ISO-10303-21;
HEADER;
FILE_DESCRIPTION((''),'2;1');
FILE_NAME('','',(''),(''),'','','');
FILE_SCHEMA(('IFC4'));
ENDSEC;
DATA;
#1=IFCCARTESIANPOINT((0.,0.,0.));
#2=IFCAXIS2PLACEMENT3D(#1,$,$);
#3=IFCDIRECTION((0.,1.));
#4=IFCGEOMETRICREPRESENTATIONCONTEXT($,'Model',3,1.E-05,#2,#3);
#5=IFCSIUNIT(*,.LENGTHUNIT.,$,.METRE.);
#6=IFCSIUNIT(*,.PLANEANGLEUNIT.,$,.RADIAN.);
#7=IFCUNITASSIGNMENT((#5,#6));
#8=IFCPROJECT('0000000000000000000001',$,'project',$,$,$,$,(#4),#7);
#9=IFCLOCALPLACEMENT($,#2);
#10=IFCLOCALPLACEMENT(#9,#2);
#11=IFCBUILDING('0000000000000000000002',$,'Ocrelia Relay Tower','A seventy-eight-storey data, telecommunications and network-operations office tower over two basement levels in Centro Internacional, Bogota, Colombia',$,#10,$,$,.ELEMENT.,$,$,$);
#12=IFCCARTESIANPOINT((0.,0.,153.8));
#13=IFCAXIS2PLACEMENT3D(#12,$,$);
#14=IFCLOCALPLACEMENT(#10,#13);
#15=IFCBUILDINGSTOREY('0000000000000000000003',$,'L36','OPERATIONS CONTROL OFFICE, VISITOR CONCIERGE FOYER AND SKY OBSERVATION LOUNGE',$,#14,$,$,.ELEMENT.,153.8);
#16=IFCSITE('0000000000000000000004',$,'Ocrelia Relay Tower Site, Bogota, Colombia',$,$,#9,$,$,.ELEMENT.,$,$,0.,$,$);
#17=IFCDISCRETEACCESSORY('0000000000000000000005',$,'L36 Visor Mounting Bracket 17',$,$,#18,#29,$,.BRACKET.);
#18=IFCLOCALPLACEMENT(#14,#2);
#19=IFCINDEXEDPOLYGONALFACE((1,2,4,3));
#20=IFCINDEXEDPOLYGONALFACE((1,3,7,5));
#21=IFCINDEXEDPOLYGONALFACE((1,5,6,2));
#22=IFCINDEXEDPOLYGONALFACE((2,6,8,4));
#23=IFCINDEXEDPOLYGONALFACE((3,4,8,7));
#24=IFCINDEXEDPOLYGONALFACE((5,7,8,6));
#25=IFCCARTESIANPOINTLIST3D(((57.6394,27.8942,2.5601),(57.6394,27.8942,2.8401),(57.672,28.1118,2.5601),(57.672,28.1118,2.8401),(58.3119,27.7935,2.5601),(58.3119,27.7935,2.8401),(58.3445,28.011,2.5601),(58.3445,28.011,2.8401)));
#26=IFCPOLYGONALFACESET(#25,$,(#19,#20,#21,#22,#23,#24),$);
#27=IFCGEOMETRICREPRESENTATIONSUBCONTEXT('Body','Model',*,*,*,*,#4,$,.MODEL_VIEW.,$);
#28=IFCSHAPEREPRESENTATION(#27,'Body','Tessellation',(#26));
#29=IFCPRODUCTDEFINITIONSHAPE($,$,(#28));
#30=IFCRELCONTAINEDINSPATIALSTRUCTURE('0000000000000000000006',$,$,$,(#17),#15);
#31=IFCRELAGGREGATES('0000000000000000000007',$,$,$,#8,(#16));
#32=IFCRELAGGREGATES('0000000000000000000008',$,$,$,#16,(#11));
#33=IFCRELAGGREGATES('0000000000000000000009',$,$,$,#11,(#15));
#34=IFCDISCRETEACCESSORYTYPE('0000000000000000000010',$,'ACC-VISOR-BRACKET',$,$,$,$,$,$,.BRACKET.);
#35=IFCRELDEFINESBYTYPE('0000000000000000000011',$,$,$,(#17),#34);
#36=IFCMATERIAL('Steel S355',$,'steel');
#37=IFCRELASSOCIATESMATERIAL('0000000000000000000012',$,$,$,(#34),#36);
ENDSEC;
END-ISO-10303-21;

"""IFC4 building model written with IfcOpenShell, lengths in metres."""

from ifc_helpers import new_model, si_unit, direction, frame, origin, origin_2d, place, context, subcontext, project, spatial, rectangle, extrude, material, type_object, element, save


model = new_model("IFC4")

# Units and contexts
model_context = context("Model", 3, precision=1e-05, world=origin(), true_north=direction((0.0, 1.0)))
body_context = subcontext(model_context, "Body", "Model", "MODEL_VIEW")
ifc_project = project(units=[si_unit("LENGTHUNIT", "METRE"), si_unit("PLANEANGLEUNIT", "RADIAN")], contexts=[model_context])

# Site, building, storey
site_placement = place(None, origin())
site = spatial("IfcSite", under=ifc_project, at=site_placement, Name="Ocrelia Relay Tower Site, Bogota, Colombia", CompositionType="ELEMENT", RefElevation=0.0)
building_placement = place(site_placement, origin())
building = spatial("IfcBuilding", under=site, at=building_placement, Name="Ocrelia Relay Tower", Description="A seventy-eight-storey data, telecommunications and network-operations office tower over two basement levels in Centro Internacional, Bogota, Colombia", CompositionType="ELEMENT")
storey_placement = place(building_placement, frame((0.0, 0.0, 153.8)))
storey = spatial("IfcBuildingStorey", under=building, at=storey_placement, Name="L36", Description="OPERATIONS CONTROL OFFICE, VISITOR CONCIERGE FOYER AND SKY OBSERVATION LOUNGE", CompositionType="ELEMENT", Elevation=153.8)

# Shared definitions
ifc_material_1 = material(Name="Steel S355", Category="steel")

# Discrete accessory
discrete_accessory_type = type_object("IfcDiscreteAccessoryType", Name="ACC-VISOR-BRACKET", PredefinedType="BRACKET", material=ifc_material_1)
for number, where, z_axis, x_axis, name in (
    (1, (57.9919, 27.9526, 2.5601), (0.0, 0.0, 1.0), (0.148144, 0.988966, 0.0), "L36 Visor Mounting Bracket 17"),
):
    element("IfcDiscreteAccessory", number, at=place(storey_placement, frame(where, z_axis=z_axis, x_axis=x_axis)), inside=storey, type_object=discrete_accessory_type, Name=name, PredefinedType="BRACKET", context=body_context, shape_type="SweptSolid", body=[
        extrude(rectangle(XDim=0.22, YDim=0.6799, at=origin_2d()), origin(), (0.0, 0.0, 1.0), 0.28),
    ])

save(model, "model.ifc")
